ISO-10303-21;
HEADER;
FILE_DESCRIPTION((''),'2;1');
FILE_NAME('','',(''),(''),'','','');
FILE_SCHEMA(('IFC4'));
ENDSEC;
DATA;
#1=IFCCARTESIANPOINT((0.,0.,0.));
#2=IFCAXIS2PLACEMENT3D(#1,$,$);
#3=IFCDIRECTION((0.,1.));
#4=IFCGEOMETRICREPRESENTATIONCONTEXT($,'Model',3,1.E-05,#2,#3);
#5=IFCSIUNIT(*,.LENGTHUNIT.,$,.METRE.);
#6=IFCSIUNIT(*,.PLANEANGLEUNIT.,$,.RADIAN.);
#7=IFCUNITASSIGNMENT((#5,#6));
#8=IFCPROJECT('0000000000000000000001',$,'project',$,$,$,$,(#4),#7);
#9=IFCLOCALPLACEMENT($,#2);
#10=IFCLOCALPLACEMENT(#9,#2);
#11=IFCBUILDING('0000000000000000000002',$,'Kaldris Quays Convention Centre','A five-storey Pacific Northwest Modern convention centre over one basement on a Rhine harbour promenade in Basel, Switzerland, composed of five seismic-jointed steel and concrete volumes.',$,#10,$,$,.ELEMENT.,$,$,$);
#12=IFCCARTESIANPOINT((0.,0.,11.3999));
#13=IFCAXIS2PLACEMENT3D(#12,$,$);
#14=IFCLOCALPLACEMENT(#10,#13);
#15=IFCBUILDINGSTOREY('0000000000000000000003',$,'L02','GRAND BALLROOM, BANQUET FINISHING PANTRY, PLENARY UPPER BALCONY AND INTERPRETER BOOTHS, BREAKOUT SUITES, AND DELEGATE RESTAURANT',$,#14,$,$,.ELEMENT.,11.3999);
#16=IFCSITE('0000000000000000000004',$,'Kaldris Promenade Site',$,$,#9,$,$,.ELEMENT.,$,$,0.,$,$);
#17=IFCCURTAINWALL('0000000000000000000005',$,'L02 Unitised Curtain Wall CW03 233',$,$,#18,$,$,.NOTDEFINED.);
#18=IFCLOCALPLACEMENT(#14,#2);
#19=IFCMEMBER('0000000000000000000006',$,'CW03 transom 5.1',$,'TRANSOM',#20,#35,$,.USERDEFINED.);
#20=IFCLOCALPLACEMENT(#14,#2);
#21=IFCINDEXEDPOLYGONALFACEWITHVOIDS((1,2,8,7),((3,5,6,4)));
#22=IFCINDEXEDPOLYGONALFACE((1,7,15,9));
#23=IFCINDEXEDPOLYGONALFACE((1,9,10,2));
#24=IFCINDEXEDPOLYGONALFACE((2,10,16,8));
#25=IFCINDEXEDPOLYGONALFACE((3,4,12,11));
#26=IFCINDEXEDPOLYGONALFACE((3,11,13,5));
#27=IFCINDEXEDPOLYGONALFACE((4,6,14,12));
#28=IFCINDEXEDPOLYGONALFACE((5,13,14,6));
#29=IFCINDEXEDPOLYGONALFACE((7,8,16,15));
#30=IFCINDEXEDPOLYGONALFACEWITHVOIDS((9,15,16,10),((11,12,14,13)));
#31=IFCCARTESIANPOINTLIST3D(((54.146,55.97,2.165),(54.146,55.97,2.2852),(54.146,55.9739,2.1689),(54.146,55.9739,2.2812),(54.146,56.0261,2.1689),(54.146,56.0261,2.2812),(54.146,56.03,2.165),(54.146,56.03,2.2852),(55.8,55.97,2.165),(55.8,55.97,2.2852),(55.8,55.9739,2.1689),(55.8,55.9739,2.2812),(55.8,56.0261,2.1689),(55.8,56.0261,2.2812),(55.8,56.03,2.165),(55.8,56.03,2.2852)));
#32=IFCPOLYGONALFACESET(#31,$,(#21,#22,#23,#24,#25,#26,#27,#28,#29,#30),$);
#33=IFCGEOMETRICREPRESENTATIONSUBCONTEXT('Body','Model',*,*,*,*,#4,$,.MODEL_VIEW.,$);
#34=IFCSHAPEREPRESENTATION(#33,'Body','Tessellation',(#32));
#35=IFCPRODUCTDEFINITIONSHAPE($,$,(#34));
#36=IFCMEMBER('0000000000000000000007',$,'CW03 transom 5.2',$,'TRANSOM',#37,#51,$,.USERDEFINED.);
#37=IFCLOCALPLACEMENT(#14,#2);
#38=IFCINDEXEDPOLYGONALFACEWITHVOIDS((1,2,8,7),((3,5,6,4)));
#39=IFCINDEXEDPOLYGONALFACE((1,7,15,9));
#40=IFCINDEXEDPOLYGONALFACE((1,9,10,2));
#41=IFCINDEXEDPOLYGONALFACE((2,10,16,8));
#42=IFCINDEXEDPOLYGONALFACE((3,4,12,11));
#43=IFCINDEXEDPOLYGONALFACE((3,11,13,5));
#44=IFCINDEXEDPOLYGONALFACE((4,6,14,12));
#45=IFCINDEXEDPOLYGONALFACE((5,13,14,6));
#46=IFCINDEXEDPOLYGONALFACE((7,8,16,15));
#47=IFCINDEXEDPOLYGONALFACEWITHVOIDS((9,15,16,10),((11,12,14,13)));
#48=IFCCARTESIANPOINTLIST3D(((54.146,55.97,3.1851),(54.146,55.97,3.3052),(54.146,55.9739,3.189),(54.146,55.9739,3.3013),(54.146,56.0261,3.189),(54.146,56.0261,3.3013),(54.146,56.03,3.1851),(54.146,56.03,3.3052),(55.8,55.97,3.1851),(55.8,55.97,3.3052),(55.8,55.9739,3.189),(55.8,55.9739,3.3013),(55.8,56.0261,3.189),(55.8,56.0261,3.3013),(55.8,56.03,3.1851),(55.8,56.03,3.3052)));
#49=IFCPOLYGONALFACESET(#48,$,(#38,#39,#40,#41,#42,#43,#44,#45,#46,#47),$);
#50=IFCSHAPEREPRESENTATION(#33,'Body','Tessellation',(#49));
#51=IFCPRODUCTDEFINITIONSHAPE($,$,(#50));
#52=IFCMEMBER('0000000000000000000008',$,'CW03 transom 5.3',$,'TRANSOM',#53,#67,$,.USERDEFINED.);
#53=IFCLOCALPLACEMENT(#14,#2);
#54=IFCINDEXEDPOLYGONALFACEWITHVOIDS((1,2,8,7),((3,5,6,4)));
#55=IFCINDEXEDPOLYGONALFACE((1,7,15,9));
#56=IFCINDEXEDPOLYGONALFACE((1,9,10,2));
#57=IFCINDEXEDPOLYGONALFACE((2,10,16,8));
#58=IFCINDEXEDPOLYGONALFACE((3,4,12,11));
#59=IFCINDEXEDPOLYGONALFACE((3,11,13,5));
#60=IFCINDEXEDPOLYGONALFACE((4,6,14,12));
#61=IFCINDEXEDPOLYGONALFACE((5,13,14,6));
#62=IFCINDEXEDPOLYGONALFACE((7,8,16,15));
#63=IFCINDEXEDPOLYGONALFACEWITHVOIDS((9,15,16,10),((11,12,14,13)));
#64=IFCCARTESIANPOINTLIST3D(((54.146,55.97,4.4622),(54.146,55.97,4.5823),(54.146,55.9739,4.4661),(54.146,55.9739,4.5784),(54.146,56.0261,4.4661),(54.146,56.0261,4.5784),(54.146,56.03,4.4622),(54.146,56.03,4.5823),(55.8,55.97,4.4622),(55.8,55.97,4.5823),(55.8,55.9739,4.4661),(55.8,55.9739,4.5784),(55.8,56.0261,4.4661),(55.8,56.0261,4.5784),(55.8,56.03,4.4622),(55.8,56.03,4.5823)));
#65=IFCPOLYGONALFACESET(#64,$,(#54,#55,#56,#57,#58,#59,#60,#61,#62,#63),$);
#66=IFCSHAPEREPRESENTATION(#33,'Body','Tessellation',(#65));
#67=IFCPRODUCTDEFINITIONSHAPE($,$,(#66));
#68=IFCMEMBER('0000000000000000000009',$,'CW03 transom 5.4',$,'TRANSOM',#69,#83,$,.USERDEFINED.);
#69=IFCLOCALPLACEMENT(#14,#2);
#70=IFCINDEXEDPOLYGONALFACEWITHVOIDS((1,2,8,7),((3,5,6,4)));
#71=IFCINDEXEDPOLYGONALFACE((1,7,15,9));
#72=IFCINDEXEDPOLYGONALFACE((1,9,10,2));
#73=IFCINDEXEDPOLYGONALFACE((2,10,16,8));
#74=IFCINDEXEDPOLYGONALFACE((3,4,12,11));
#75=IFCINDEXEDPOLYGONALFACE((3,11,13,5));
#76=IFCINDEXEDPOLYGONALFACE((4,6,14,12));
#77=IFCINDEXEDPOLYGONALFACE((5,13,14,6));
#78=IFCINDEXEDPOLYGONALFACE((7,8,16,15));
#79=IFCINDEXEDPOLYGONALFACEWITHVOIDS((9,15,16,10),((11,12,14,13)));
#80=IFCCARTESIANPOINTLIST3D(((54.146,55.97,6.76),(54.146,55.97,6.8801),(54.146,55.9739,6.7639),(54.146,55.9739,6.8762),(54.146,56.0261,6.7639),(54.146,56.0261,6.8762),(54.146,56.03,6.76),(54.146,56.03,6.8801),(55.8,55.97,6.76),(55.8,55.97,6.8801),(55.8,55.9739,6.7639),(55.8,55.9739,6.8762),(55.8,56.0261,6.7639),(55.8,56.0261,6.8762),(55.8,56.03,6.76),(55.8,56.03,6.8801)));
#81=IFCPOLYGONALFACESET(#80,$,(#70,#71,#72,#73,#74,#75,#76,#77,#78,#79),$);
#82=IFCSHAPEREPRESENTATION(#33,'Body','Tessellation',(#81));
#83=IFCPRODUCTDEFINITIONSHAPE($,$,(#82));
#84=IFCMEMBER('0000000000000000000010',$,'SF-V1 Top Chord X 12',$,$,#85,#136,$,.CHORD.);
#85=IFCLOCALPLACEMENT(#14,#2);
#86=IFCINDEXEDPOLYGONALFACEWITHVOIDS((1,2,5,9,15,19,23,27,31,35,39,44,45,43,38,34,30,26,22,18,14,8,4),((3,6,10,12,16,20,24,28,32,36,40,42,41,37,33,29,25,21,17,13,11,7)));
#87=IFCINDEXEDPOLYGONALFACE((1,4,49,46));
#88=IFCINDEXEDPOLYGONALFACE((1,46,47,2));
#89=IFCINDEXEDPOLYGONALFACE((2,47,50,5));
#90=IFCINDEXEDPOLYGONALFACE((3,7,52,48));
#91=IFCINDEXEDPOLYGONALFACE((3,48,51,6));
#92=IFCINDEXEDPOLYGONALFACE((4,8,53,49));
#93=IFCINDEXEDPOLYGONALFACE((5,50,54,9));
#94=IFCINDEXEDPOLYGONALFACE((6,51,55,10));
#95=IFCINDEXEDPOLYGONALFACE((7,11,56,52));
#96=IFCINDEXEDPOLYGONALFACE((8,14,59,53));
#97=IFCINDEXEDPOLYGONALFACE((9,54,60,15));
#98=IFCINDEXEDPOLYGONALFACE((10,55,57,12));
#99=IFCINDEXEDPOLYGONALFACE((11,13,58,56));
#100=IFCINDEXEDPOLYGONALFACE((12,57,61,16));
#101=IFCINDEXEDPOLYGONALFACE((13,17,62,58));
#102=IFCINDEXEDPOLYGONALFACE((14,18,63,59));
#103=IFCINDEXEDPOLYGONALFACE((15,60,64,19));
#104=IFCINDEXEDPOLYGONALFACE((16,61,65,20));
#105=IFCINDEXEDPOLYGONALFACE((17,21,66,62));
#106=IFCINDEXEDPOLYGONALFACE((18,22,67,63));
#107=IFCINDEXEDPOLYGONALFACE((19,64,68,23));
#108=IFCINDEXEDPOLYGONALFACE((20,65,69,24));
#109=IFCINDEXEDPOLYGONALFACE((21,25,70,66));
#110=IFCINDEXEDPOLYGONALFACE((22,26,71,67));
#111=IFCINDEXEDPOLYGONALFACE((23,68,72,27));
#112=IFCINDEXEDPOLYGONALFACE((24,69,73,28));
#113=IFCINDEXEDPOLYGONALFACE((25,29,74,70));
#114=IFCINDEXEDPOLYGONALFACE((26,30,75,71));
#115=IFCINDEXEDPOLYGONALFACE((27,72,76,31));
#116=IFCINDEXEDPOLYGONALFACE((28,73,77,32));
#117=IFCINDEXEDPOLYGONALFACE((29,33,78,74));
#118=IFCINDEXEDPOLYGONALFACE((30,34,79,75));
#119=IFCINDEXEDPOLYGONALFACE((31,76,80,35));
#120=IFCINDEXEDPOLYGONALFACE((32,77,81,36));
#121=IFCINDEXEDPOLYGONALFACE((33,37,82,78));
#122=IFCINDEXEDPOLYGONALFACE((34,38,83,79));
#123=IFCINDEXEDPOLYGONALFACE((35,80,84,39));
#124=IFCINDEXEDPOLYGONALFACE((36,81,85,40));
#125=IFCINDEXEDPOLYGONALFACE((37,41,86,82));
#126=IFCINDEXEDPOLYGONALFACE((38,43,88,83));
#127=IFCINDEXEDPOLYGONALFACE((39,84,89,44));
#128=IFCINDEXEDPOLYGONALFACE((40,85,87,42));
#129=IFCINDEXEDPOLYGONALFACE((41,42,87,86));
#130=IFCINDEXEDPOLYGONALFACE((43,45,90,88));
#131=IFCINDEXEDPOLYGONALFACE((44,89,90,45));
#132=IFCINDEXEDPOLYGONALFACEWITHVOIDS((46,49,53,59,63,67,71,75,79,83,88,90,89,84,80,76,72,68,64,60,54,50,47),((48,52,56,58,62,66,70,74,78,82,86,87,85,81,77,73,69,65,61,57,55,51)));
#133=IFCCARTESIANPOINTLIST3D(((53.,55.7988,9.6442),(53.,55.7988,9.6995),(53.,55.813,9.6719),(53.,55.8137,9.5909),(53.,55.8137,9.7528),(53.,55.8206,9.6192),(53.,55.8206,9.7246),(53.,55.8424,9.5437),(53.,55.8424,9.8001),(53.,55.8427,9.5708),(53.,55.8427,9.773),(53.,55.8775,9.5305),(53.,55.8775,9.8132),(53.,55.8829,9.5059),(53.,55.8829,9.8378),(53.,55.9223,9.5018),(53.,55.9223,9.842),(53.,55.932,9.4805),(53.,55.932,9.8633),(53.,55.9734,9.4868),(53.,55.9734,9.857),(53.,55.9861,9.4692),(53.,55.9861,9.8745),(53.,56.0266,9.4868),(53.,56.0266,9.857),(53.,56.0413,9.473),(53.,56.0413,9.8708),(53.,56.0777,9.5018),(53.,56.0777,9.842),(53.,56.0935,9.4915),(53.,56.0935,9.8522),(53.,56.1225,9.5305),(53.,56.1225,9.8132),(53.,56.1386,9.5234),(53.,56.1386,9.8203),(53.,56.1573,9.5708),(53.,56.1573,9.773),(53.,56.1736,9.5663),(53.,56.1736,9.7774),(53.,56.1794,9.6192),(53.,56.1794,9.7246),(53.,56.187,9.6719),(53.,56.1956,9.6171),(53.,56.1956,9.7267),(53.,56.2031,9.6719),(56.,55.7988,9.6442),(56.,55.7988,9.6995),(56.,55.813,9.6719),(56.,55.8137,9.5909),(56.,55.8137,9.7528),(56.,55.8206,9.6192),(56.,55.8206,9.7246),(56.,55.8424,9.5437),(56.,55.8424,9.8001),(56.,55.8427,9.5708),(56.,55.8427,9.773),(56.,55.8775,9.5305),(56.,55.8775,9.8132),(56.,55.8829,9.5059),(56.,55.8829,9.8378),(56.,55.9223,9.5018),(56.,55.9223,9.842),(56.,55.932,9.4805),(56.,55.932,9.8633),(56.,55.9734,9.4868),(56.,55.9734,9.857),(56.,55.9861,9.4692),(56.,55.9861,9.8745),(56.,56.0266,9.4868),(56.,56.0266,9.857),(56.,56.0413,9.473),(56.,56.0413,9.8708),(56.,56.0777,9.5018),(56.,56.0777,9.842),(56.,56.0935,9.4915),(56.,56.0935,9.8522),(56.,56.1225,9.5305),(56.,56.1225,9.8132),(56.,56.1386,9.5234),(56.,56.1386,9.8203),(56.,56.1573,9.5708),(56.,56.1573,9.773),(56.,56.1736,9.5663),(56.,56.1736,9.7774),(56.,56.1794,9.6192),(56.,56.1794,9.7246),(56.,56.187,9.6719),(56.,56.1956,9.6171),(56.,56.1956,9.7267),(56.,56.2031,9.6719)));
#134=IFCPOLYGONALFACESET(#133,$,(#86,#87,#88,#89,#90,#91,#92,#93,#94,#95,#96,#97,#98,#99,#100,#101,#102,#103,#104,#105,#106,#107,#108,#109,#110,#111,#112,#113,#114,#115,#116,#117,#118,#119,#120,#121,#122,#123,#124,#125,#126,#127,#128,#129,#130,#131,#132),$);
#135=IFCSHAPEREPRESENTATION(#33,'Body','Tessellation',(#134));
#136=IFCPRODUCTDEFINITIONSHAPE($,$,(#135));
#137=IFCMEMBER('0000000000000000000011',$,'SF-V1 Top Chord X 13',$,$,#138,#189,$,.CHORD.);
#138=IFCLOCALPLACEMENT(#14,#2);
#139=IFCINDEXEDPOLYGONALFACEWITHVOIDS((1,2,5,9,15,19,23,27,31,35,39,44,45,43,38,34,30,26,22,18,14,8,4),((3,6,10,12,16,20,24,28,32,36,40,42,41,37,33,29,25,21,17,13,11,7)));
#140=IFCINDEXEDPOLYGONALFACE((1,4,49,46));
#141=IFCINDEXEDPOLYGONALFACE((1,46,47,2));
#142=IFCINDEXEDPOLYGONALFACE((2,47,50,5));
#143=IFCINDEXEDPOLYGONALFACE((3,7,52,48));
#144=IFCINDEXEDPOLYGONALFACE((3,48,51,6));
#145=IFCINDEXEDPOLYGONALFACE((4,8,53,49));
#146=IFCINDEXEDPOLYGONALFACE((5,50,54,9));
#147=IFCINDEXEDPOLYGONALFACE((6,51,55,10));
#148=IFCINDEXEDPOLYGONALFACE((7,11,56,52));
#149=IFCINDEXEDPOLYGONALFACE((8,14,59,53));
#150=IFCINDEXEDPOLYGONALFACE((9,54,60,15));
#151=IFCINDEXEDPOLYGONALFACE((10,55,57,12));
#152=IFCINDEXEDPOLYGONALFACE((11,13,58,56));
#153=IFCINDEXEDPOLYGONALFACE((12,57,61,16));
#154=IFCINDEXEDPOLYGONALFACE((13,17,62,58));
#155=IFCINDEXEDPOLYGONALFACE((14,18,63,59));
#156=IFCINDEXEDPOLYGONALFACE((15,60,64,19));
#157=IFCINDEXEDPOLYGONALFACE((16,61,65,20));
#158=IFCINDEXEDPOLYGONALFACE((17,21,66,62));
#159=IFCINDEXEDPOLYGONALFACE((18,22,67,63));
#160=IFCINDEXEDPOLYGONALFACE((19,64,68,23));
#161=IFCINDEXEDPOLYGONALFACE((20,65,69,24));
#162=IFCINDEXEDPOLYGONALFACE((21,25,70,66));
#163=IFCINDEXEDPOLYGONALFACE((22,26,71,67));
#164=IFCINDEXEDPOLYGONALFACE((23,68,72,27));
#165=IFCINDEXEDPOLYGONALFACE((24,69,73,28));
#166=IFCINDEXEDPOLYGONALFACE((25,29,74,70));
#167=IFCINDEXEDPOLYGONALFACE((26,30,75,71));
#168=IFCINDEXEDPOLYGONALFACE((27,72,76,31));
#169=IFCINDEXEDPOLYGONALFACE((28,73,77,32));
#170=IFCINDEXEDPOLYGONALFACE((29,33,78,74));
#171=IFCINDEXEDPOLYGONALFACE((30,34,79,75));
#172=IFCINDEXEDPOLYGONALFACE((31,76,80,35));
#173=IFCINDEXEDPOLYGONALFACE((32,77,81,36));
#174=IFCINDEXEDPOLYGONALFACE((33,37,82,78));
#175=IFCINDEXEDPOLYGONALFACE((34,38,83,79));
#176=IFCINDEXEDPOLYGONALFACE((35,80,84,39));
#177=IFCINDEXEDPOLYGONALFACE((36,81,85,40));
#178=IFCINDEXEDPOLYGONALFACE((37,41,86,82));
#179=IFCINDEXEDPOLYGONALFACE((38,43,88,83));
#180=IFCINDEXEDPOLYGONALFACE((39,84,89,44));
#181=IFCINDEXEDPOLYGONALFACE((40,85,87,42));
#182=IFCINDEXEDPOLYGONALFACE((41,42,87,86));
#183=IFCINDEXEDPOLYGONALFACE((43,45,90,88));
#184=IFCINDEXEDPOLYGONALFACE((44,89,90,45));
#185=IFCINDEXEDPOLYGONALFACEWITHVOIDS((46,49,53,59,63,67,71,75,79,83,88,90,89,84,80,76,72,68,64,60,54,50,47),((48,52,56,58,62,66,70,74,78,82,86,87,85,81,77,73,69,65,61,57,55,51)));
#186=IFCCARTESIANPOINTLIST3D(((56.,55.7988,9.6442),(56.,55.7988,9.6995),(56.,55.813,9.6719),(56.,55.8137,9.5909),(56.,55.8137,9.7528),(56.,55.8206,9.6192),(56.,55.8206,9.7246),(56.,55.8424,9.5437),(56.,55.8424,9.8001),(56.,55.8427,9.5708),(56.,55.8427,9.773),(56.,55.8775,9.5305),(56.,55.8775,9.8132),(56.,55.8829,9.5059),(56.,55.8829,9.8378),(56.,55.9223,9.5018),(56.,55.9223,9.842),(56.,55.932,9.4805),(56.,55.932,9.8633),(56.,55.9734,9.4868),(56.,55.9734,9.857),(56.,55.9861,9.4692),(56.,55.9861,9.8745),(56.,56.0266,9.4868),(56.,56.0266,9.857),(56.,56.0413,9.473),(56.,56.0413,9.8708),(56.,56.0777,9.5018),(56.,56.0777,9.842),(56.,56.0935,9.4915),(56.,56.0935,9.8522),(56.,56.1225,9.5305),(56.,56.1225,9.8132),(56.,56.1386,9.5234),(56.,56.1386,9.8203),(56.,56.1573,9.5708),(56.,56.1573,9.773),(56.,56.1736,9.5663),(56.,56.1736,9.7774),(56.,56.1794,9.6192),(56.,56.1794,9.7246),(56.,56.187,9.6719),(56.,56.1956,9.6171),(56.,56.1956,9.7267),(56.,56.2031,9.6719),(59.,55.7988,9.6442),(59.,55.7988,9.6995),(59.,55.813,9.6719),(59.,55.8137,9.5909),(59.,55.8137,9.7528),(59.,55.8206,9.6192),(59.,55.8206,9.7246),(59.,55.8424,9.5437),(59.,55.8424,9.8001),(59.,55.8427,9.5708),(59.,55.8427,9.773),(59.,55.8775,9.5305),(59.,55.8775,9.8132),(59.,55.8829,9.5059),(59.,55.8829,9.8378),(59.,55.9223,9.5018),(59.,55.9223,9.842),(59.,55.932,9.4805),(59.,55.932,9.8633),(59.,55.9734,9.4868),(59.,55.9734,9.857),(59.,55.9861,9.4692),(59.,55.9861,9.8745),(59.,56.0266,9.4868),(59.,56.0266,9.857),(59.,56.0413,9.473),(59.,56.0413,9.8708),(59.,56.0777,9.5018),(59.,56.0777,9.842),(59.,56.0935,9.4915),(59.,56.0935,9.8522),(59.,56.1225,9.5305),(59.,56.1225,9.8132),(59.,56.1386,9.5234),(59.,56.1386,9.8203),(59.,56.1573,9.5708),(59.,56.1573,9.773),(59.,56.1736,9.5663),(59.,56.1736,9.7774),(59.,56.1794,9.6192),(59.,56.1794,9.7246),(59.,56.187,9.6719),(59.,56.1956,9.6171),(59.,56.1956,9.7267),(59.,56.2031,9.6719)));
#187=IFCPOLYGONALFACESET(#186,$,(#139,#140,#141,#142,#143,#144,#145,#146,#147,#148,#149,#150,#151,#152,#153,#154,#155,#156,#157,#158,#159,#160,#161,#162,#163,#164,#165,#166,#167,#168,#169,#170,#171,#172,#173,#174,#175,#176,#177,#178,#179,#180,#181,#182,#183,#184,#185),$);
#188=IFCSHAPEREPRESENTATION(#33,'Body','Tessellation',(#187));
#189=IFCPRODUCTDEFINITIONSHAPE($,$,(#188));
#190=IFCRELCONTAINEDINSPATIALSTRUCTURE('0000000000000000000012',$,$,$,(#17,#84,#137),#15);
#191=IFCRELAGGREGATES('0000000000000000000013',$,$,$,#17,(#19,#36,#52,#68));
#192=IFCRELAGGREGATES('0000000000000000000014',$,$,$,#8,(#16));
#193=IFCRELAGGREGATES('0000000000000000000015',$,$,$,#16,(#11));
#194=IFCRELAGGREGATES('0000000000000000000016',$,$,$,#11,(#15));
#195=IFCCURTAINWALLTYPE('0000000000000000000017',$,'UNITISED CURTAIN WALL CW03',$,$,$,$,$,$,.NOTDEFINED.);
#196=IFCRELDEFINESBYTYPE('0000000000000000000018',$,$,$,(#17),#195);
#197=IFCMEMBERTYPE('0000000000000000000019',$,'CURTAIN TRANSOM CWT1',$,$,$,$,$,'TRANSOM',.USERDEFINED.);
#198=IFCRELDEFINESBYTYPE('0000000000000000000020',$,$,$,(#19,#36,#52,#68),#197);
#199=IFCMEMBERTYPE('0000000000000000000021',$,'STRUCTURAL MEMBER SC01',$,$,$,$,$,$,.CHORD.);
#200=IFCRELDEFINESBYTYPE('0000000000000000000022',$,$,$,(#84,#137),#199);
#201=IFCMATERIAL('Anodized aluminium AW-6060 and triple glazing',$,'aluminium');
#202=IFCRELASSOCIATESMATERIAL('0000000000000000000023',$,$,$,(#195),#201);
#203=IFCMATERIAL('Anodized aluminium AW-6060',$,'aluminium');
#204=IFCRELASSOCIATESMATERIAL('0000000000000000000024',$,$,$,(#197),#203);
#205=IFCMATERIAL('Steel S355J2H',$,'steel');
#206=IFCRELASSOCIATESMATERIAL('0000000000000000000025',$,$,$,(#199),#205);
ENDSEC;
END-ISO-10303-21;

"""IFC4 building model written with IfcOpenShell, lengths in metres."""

from ifc_helpers import new_model, si_unit, direction, frame, origin, origin_2d, place, context, subcontext, project, spatial, hollow_rectangle, hollow_circle, extrude, material, material_profile, profile_set, type_object, element, aggregate, save


model = new_model("IFC4")

# Units and contexts
model_context = context("Model", 3, precision=1e-05, world=origin(), true_north=direction((0.0, 1.0)))
body_context = subcontext(model_context, "Body", "Model", "MODEL_VIEW")
ifc_project = project(units=[si_unit("LENGTHUNIT", "METRE"), si_unit("PLANEANGLEUNIT", "RADIAN")], contexts=[model_context])

# Site, building, storey
site_placement = place(None, origin())
site = spatial("IfcSite", under=ifc_project, at=site_placement, Name="Kaldris Promenade Site", CompositionType="ELEMENT", RefElevation=0.0)
building_placement = place(site_placement, origin())
building = spatial("IfcBuilding", under=site, at=building_placement, Name="Kaldris Quays Convention Centre", Description="A five-storey Pacific Northwest Modern convention centre over one basement on a Rhine harbour promenade in Basel, Switzerland, composed of five seismic-jointed steel and concrete volumes.", CompositionType="ELEMENT")
storey_placement = place(building_placement, frame((0.0, 0.0, 11.3999)))
storey = spatial("IfcBuildingStorey", under=building, at=storey_placement, Name="L02", Description="GRAND BALLROOM, BANQUET FINISHING PANTRY, PLENARY UPPER BALCONY AND INTERPRETER BOOTHS, BREAKOUT SUITES, AND DELEGATE RESTAURANT", CompositionType="ELEMENT", Elevation=11.3999)

# Curtain wall, members
ifc_material_1 = material(Name="Anodized aluminium AW-6060 and triple glazing", Category="aluminium")
curtain_wall_type = type_object("IfcCurtainWallType", Name="UNITISED CURTAIN WALL CW03", PredefinedType="NOTDEFINED", material=ifc_material_1)
curtain_wall_placement = place(storey_placement, origin())
curtain_wall = element("IfcCurtainWall", 1, at=curtain_wall_placement, inside=storey, type_object=curtain_wall_type, Name="L02 Unitised Curtain Wall CW03 233", PredefinedType="NOTDEFINED")
ifc_material_2 = material(Name="Anodized aluminium AW-6060", Category="aluminium")
ifc_material_profile_1 = material_profile(ifc_material_2, hollow_rectangle(XDim=0.0601, YDim=0.1201, WallThickness=0.0039, at=origin_2d()), Name="RHS 120x60x4")
ifc_profile_set_1 = profile_set([ifc_material_profile_1], Name="Anodized aluminium AW-6060")
member_type_1 = type_object("IfcMemberType", Name="CURTAIN TRANSOM CWT1", ElementType="TRANSOM", PredefinedType="USERDEFINED", material=ifc_profile_set_1)
member_1_placement = place(storey_placement, frame((54.146, 56.0, 2.2251), z_axis=(1.0, 0.0, 0.0), x_axis=(0.0, 1.0, 0.0)))
member_1 = element("IfcMember", 2, at=member_1_placement, type_object=member_type_1, Name="CW03 transom 5.1", ObjectType="TRANSOM", PredefinedType="USERDEFINED", context=body_context, shape_type="SweptSolid", body=[
    extrude(hollow_rectangle(XDim=0.0601, YDim=0.1201, WallThickness=0.0039, at=origin_2d()), origin(), (0.0, 0.0, 1.0), 1.6541),
])
member_2_placement = place(storey_placement, frame((54.146, 56.0, 3.2451), z_axis=(1.0, 0.0, 0.0), x_axis=(0.0, 1.0, 0.0)))
member_2 = element("IfcMember", 3, at=member_2_placement, type_object=member_type_1, Name="CW03 transom 5.2", ObjectType="TRANSOM", PredefinedType="USERDEFINED", context=body_context, shape_type="SweptSolid", body=[
    extrude(hollow_rectangle(XDim=0.0601, YDim=0.1201, WallThickness=0.0039, at=origin_2d()), origin(), (0.0, 0.0, 1.0), 1.6541),
])
member_3_placement = place(storey_placement, frame((54.146, 56.0, 4.5222), z_axis=(1.0, 0.0, 0.0), x_axis=(0.0, 1.0, 0.0)))
member_3 = element("IfcMember", 4, at=member_3_placement, type_object=member_type_1, Name="CW03 transom 5.3", ObjectType="TRANSOM", PredefinedType="USERDEFINED", context=body_context, shape_type="SweptSolid", body=[
    extrude(hollow_rectangle(XDim=0.0601, YDim=0.1201, WallThickness=0.0039, at=origin_2d()), origin(), (0.0, 0.0, 1.0), 1.6541),
])
member_4_placement = place(storey_placement, frame((54.146, 56.0, 6.8201), z_axis=(1.0, 0.0, 0.0), x_axis=(0.0, 1.0, 0.0)))
member_4 = element("IfcMember", 5, at=member_4_placement, type_object=member_type_1, Name="CW03 transom 5.4", ObjectType="TRANSOM", PredefinedType="USERDEFINED", context=body_context, shape_type="SweptSolid", body=[
    extrude(hollow_rectangle(XDim=0.0601, YDim=0.1201, WallThickness=0.0039, at=origin_2d()), origin(), (0.0, 0.0, 1.0), 1.6541),
])

# Members
ifc_material_3 = material(Name="Steel S355J2H", Category="steel")
ifc_material_profile_2 = material_profile(ifc_material_3, hollow_circle(Radius=0.2031, WallThickness=0.0161, at=origin_2d()), Name="CHS 406.4x16")
ifc_profile_set_2 = profile_set([ifc_material_profile_2], Name="Steel S355J2H")
member_type_2 = type_object("IfcMemberType", Name="STRUCTURAL MEMBER SC01", PredefinedType="CHORD", material=ifc_profile_set_2)
for number, where, z_axis, x_axis, name in (
    (6, (53.0, 56.0, 9.6719), (1.0, 0.0, 0.0), (0.0, 1.0, 0.0), "SF-V1 Top Chord X 12"),
    (7, (56.0, 56.0, 9.6719), (1.0, 0.0, 0.0), (0.0, 1.0, 0.0), "SF-V1 Top Chord X 13"),
):
    element("IfcMember", number, at=place(storey_placement, frame(where, z_axis=z_axis, x_axis=x_axis)), inside=storey, type_object=member_type_2, Name=name, PredefinedType="CHORD", context=body_context, shape_type="SweptSolid", body=[
        extrude(hollow_circle(Radius=0.2031, WallThickness=0.0161, at=origin_2d()), origin(), (0.0, 0.0, 1.0), 3.0),
    ])

aggregate(curtain_wall, [member_1, member_2, member_3, member_4])

save(model, "model.ifc")
